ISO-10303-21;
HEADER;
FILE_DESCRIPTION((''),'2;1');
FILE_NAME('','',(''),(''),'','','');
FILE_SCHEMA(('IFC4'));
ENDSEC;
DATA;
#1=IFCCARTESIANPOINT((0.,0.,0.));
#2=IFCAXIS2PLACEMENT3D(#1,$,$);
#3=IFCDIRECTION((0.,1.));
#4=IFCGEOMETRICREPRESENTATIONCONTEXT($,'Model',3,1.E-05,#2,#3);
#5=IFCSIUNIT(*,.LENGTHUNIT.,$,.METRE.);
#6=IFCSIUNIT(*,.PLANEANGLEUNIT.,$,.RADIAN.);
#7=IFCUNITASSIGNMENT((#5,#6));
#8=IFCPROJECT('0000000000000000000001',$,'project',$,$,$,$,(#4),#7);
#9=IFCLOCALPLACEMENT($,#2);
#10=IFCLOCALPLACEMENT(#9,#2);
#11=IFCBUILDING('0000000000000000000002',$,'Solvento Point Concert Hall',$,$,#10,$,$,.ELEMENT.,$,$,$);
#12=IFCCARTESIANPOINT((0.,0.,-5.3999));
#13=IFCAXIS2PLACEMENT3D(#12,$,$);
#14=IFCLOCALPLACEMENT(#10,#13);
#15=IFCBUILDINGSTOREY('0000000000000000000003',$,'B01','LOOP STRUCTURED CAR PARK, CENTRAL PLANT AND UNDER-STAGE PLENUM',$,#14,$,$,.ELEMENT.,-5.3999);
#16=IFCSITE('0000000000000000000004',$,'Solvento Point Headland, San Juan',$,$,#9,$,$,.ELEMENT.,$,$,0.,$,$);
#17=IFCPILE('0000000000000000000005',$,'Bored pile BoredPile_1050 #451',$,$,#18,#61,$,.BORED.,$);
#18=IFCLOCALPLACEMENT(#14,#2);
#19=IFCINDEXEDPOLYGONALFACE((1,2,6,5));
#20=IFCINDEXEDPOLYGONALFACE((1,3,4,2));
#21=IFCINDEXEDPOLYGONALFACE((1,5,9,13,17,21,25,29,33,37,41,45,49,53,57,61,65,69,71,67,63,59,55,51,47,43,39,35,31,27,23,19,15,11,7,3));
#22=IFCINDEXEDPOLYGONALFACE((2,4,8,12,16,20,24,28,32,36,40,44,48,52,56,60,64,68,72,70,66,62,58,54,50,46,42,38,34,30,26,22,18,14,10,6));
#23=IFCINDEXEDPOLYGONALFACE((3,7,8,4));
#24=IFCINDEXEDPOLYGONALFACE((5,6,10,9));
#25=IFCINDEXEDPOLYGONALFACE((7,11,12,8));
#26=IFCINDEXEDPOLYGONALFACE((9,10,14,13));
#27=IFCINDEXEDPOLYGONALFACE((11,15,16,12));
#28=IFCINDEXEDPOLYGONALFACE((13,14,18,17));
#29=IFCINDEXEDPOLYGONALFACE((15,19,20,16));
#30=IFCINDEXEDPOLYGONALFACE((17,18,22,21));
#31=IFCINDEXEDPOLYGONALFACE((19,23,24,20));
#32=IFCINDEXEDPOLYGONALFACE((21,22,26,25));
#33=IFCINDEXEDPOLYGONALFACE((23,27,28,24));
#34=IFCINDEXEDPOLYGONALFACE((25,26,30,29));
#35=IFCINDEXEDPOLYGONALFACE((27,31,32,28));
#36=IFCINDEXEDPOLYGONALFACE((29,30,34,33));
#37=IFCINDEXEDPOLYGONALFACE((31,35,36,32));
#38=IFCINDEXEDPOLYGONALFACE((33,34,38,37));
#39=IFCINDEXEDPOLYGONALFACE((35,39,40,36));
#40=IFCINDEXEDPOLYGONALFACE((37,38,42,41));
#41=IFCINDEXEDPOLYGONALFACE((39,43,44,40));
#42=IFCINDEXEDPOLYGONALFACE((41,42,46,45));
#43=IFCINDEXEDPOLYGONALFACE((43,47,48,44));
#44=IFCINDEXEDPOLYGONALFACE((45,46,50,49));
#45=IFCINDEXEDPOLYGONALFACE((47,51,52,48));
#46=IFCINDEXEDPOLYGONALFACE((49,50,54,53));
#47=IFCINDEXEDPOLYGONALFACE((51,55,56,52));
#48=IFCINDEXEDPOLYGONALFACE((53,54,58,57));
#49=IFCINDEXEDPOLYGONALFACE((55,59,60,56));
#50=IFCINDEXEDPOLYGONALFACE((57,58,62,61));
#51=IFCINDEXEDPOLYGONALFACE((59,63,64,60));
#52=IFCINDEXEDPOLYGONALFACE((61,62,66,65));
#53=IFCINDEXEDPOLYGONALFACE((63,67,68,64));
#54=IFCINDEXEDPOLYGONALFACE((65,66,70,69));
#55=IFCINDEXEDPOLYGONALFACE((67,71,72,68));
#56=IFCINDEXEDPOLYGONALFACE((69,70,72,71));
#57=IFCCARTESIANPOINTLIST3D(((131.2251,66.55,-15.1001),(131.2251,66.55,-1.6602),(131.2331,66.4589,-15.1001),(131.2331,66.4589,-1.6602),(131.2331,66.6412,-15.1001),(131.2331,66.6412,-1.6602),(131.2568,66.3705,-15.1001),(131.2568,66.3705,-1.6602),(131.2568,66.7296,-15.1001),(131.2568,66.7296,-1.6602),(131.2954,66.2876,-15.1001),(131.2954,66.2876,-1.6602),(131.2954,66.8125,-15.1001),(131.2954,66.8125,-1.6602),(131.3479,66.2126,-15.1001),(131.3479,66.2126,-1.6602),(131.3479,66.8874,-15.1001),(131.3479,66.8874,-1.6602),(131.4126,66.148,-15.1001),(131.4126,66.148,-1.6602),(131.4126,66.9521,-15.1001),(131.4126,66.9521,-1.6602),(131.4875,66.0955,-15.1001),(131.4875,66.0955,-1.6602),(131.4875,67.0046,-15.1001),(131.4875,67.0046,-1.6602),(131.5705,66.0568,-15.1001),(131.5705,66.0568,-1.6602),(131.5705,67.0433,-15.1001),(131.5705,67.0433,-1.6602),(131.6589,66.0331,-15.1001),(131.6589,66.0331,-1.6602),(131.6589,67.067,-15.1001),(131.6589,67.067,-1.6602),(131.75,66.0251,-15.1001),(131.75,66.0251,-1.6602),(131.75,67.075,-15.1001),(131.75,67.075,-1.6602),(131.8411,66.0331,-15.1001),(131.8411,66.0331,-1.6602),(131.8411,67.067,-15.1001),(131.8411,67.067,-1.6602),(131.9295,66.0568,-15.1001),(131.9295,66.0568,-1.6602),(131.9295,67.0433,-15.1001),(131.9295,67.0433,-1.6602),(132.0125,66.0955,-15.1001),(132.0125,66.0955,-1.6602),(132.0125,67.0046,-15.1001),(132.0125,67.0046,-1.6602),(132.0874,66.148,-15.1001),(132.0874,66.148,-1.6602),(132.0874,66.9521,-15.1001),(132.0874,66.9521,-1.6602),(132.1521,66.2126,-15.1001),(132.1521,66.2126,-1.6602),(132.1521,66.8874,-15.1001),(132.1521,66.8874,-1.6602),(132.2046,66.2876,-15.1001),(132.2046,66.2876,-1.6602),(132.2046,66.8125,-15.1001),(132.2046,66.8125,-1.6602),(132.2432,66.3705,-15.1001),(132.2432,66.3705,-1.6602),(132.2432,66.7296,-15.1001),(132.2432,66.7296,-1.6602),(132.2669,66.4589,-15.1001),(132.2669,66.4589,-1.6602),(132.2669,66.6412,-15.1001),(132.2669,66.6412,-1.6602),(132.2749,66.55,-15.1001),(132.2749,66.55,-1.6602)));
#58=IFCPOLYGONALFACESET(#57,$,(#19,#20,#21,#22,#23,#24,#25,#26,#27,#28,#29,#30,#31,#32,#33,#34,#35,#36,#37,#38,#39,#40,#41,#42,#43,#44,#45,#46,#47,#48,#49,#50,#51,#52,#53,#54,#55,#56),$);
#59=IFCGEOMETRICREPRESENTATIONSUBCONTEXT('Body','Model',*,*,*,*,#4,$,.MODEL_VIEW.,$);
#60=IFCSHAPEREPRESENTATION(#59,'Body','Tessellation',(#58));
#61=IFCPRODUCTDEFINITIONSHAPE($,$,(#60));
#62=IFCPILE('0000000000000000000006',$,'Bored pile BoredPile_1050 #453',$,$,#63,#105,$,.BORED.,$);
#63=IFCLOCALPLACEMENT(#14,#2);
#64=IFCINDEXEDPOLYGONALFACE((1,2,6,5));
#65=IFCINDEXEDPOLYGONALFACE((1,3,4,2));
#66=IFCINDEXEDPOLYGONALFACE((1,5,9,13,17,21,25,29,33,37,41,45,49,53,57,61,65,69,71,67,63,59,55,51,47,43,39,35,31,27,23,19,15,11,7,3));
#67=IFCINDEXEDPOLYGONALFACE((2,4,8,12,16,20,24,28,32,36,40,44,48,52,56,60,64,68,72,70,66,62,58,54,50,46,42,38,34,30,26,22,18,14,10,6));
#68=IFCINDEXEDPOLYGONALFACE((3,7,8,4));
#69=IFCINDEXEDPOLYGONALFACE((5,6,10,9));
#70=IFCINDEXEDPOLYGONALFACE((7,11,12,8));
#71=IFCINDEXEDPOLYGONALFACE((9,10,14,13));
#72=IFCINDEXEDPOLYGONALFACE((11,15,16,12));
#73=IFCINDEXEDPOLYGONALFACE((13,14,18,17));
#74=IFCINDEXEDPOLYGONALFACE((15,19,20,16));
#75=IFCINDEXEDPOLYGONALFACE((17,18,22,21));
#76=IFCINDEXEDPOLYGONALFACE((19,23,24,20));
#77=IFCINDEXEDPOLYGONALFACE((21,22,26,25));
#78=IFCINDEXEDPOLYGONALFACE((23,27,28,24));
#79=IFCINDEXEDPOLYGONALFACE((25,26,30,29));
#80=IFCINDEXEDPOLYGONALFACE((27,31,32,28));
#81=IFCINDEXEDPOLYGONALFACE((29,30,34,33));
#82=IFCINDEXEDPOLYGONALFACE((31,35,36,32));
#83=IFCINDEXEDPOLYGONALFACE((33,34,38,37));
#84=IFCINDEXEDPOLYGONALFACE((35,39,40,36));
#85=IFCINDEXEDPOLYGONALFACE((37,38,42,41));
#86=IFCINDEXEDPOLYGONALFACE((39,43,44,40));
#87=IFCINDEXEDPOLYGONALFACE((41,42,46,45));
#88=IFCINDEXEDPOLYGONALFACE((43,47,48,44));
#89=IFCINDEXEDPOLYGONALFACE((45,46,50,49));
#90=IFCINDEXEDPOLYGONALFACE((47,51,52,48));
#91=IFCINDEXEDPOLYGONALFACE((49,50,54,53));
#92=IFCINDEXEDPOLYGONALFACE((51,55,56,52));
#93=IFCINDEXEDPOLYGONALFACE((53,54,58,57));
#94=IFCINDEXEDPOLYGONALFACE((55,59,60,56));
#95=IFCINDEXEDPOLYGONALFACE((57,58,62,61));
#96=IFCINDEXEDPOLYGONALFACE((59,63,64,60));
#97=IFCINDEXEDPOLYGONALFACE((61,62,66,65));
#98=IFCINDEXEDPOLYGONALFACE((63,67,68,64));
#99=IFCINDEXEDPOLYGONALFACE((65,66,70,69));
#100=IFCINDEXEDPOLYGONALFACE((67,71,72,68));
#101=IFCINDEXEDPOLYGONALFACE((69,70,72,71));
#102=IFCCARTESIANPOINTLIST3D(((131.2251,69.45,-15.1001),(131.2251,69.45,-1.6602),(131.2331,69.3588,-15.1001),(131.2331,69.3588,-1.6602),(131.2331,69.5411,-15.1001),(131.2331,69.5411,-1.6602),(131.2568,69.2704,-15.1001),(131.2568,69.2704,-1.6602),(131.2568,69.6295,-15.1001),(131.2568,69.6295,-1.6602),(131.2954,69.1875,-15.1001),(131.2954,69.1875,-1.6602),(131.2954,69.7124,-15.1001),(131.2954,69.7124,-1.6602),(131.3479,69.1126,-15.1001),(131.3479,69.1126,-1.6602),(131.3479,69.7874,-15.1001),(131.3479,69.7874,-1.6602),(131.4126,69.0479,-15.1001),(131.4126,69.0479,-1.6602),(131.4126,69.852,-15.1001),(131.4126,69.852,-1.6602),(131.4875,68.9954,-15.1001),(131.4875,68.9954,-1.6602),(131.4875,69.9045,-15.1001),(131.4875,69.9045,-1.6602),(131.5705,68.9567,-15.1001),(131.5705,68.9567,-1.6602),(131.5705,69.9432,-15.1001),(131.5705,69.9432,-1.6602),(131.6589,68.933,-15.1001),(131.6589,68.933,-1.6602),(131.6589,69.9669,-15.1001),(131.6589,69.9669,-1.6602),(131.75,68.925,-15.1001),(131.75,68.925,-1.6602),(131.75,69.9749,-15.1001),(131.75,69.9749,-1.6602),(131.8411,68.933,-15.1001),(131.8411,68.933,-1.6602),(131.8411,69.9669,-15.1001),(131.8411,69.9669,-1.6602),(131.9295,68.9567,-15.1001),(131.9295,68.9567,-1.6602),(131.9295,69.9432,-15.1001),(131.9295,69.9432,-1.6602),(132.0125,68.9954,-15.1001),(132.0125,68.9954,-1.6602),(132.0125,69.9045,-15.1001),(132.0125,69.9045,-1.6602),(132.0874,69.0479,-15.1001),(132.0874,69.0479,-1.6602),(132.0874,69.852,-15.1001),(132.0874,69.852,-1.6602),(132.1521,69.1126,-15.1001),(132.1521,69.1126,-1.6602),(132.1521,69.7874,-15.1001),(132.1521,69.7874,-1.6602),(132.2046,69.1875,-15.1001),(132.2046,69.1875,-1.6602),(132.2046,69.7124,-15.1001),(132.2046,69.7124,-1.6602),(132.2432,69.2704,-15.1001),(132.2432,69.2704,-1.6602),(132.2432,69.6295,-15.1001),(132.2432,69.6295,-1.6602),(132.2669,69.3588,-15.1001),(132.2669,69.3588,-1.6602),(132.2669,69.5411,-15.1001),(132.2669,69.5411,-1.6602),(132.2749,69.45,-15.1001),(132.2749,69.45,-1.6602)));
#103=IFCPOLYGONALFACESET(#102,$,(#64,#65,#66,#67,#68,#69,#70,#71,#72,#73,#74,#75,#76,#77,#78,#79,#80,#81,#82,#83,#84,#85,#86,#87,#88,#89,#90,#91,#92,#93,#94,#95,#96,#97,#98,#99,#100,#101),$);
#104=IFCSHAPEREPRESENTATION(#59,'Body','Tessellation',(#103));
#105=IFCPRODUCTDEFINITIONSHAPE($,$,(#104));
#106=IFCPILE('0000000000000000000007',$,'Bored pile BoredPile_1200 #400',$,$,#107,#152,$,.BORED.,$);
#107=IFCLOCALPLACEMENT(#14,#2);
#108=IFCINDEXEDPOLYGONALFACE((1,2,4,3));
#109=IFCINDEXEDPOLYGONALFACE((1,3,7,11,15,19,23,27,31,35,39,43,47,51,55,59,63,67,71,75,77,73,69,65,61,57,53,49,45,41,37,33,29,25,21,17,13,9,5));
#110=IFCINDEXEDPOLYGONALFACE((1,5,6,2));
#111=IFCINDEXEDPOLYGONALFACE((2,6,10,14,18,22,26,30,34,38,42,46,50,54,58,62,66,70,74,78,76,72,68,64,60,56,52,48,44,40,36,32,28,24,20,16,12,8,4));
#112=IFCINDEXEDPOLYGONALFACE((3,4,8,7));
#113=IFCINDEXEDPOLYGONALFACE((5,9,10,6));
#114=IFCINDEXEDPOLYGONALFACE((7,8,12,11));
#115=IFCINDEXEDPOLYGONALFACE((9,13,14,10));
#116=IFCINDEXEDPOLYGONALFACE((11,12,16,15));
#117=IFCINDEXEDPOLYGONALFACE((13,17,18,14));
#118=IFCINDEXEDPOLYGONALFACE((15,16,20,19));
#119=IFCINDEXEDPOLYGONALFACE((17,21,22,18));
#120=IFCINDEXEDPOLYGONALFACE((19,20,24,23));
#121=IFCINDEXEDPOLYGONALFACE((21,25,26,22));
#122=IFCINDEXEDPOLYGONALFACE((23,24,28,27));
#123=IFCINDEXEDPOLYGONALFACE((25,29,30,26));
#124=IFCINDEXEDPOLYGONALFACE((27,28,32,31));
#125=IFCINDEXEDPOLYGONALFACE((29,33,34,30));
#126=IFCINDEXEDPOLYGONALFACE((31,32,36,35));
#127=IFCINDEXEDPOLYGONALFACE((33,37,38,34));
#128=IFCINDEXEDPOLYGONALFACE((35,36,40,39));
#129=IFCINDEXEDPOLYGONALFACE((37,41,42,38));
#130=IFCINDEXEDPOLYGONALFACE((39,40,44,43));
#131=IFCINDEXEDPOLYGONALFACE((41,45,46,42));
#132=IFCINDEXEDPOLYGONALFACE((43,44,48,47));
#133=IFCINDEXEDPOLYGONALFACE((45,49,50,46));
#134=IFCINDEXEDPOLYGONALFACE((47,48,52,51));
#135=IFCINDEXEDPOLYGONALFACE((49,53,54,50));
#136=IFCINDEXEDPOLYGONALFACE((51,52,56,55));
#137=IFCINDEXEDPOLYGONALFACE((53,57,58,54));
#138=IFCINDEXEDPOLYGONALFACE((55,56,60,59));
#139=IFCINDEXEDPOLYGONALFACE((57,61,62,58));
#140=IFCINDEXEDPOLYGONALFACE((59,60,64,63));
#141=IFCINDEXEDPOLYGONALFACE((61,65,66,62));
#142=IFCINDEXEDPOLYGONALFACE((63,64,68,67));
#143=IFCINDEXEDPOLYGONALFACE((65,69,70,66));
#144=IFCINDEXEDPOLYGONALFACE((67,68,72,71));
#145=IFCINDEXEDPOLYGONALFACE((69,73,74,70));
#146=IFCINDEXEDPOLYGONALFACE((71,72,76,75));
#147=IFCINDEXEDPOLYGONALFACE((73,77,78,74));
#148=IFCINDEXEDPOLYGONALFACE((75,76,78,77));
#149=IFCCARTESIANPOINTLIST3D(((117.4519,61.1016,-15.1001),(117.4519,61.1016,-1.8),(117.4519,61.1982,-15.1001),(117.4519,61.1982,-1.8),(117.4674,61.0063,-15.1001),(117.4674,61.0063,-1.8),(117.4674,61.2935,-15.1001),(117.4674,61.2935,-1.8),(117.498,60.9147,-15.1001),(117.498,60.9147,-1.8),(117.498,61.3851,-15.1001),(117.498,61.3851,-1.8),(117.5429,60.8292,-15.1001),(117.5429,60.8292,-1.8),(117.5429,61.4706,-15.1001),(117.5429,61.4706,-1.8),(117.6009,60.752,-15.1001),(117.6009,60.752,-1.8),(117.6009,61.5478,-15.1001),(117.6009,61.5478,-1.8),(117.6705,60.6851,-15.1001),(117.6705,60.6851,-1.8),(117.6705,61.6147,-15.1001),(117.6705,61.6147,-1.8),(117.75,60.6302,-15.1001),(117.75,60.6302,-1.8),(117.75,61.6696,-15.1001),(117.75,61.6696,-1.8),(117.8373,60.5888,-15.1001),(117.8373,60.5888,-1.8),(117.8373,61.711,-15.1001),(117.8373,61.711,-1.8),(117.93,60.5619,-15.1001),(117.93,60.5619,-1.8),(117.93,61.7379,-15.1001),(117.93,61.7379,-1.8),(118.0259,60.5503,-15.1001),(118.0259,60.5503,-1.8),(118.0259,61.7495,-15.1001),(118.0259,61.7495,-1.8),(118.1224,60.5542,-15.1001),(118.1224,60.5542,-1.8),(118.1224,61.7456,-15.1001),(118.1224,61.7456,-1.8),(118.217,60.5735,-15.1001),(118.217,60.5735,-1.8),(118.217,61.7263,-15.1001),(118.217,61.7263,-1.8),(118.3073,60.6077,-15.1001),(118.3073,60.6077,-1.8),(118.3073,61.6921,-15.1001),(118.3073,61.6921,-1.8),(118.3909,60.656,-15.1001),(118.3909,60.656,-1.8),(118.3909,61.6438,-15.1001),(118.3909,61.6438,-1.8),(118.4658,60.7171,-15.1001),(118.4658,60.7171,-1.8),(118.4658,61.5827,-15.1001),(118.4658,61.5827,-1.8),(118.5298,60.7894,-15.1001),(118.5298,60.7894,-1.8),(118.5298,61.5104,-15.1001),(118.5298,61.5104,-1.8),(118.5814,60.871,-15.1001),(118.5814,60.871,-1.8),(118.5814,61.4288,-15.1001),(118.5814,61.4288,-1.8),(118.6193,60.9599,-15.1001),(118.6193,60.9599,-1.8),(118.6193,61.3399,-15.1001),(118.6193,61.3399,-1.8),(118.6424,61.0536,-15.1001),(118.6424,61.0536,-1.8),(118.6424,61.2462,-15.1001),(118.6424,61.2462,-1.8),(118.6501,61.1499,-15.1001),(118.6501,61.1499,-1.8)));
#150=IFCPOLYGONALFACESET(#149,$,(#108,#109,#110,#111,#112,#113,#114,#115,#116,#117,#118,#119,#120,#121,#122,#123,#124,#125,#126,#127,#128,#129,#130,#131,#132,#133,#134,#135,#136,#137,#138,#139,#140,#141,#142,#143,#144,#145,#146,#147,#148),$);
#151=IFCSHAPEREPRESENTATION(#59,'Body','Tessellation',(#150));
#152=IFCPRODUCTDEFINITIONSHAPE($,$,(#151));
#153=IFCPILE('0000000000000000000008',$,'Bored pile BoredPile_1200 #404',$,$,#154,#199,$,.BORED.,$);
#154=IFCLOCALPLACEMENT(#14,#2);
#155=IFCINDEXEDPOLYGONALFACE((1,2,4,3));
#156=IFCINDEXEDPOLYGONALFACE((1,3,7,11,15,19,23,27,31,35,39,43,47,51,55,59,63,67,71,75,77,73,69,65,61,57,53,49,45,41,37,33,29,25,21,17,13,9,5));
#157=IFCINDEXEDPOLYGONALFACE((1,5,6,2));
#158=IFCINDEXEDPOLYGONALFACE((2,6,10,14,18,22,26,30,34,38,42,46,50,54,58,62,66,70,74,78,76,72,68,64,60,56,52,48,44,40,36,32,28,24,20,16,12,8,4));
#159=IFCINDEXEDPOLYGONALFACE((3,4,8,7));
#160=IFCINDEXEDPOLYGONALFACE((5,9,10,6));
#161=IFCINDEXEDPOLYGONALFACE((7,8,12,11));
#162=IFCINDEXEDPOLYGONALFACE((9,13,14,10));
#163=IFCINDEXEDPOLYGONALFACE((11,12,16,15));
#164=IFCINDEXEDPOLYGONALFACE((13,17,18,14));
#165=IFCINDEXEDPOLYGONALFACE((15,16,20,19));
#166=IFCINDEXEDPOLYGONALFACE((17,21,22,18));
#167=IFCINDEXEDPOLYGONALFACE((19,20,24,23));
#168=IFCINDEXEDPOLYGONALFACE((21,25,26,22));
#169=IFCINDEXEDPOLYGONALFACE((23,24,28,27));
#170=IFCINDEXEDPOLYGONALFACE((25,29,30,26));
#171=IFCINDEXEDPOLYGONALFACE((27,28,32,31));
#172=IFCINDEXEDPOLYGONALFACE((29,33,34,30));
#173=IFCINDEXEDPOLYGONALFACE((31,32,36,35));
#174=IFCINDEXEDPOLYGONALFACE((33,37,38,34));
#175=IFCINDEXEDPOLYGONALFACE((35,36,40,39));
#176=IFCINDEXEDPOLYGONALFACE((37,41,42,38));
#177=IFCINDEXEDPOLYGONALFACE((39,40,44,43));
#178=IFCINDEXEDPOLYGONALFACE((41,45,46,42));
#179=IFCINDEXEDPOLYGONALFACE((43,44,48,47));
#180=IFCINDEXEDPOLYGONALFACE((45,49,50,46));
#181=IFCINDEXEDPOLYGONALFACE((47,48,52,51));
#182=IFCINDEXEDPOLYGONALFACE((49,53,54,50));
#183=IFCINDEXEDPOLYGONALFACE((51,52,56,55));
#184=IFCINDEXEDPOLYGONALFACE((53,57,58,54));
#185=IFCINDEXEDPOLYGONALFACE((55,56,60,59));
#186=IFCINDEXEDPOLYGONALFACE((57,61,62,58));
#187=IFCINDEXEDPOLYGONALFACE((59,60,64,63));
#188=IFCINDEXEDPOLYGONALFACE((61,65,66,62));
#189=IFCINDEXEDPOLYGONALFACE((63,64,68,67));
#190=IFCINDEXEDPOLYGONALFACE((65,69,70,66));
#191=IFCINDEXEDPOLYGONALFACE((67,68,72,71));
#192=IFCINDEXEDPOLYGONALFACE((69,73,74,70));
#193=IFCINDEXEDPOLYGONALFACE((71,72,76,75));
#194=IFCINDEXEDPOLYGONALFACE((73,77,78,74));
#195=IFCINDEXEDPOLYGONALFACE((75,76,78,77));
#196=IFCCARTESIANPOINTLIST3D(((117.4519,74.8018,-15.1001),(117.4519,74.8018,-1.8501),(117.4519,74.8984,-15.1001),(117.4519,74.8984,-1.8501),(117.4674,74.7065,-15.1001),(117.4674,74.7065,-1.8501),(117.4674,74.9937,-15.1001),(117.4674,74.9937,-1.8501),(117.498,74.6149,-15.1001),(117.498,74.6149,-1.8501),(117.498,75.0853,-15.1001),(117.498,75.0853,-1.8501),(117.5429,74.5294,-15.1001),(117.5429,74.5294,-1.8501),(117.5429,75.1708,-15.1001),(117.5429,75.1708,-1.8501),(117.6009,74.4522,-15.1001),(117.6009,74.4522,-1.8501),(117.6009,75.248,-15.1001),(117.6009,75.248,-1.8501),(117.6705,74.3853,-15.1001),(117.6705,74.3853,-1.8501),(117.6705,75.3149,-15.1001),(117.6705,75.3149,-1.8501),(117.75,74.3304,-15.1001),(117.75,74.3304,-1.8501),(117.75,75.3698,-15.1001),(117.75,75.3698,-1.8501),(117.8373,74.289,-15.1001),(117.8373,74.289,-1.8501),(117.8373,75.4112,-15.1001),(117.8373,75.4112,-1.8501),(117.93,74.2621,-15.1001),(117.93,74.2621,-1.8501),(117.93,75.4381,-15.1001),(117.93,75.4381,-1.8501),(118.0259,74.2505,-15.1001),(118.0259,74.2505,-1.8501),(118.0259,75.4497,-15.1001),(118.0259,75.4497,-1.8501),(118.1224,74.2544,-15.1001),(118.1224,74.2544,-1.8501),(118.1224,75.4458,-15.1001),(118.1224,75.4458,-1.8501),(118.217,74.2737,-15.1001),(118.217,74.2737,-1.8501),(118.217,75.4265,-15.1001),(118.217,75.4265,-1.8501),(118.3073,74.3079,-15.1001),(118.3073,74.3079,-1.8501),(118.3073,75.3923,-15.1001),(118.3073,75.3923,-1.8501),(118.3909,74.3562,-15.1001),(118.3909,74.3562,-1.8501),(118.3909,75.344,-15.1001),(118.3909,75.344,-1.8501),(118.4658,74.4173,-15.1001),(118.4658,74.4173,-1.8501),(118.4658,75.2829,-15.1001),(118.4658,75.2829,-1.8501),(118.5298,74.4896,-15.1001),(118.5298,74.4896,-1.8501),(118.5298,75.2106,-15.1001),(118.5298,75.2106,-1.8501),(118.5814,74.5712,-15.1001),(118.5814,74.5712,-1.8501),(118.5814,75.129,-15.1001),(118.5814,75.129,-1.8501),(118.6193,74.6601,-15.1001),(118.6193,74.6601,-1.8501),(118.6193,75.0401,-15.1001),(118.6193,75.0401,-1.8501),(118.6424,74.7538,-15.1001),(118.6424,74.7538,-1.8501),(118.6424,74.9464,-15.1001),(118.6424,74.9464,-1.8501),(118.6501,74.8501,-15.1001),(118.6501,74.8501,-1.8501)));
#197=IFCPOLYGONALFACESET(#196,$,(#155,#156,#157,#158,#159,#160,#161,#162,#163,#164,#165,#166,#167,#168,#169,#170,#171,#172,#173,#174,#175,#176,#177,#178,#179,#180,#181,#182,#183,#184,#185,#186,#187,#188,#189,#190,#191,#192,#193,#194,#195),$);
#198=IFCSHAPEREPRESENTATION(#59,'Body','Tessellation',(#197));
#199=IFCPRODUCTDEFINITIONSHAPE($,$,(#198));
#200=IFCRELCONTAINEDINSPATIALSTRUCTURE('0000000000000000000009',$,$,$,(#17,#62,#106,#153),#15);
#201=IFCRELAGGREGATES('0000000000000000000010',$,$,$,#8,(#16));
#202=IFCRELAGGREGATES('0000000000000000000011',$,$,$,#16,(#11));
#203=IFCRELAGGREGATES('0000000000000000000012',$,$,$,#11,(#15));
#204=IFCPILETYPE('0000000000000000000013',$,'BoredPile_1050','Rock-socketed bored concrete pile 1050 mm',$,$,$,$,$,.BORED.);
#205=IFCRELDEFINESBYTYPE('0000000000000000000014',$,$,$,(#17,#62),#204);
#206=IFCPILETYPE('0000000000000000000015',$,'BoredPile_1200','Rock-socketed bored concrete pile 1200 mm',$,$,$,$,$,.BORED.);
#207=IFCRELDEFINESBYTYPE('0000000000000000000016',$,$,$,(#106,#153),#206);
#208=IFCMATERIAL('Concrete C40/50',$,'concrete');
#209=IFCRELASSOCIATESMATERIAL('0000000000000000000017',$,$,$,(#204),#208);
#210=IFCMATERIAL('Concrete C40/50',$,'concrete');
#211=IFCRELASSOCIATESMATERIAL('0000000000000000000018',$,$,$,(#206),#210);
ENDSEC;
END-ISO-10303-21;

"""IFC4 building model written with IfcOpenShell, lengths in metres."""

from ifc_helpers import new_model, si_unit, direction, frame, origin, origin_2d, place, context, subcontext, project, spatial, circle, extrude, material, material_profile, profile_set, type_object, element, save


model = new_model("IFC4")

# Units and contexts
model_context = context("Model", 3, precision=1e-05, world=origin(), true_north=direction((0.0, 1.0)))
body_context = subcontext(model_context, "Body", "Model", "MODEL_VIEW")
ifc_project = project(units=[si_unit("LENGTHUNIT", "METRE"), si_unit("PLANEANGLEUNIT", "RADIAN")], contexts=[model_context])

# Site, building, storey
site_placement = place(None, origin())
site = spatial("IfcSite", under=ifc_project, at=site_placement, Name="Solvento Point Headland, San Juan", CompositionType="ELEMENT", RefElevation=0.0)
building_placement = place(site_placement, origin())
building = spatial("IfcBuilding", under=site, at=building_placement, Name="Solvento Point Concert Hall", CompositionType="ELEMENT")
storey_placement = place(building_placement, frame((0.0, 0.0, -5.3999)))
storey = spatial("IfcBuildingStorey", under=building, at=storey_placement, Name="B01", Description="LOOP STRUCTURED CAR PARK, CENTRAL PLANT AND UNDER-STAGE PLENUM", CompositionType="ELEMENT", Elevation=-5.3999)

# Piles
ifc_material_1 = material(Name="Concrete C40/50", Category="concrete")
ifc_material_profile_1 = material_profile(ifc_material_1, circle(Radius=0.5249, at=origin_2d()), Name="BP-1050")
ifc_profile_set_1 = profile_set([ifc_material_profile_1], Name="Concrete C40/50")
pile_type_1 = type_object("IfcPileType", Name="BoredPile_1050", Description="Rock-socketed bored concrete pile 1050 mm", PredefinedType="BORED", material=ifc_profile_set_1)
for number, where, z_axis, x_axis, name in (
    (1, (131.75, 66.55, -1.6602), (0.0, 0.0, -1.0), (1.0, 0.0, 0.0), "Bored pile BoredPile_1050 #451"),
    (2, (131.75, 69.45, -1.6602), (0.0, 0.0, -1.0), (1.0, 0.0, 0.0), "Bored pile BoredPile_1050 #453"),
):
    element("IfcPile", number, at=place(storey_placement, frame(where, z_axis=z_axis, x_axis=x_axis)), inside=storey, type_object=pile_type_1, Name=name, PredefinedType="BORED", context=body_context, shape_type="SweptSolid", body=[
        extrude(circle(Radius=0.5249, at=origin_2d()), origin(), (0.0, 0.0, 1.0), 13.4399),
    ])
ifc_material_2 = material(Name="Concrete C40/50", Category="concrete")
ifc_material_profile_2 = material_profile(ifc_material_2, circle(Radius=0.6001, at=origin_2d()), Name="BP-1200")
ifc_profile_set_2 = profile_set([ifc_material_profile_2], Name="Concrete C40/50")
pile_type_2 = type_object("IfcPileType", Name="BoredPile_1200", Description="Rock-socketed bored concrete pile 1200 mm", PredefinedType="BORED", material=ifc_profile_set_2)
pile_1_placement = place(storey_placement, frame((118.05, 61.1499, -1.8), z_axis=(0.0, 0.0, -1.0), x_axis=(1.0, 0.0, 0.0)))
element("IfcPile", 3, at=pile_1_placement, inside=storey, type_object=pile_type_2, Name="Bored pile BoredPile_1200 #400", PredefinedType="BORED", context=body_context, shape_type="SweptSolid", body=[
    extrude(circle(Radius=0.6001, at=origin_2d()), origin(), (0.0, 0.0, 1.0), 13.3),
])
pile_2_placement = place(storey_placement, frame((118.05, 74.8501, -1.8501), z_axis=(0.0, 0.0, -1.0), x_axis=(1.0, 0.0, 0.0)))
element("IfcPile", 4, at=pile_2_placement, inside=storey, type_object=pile_type_2, Name="Bored pile BoredPile_1200 #404", PredefinedType="BORED", context=body_context, shape_type="SweptSolid", body=[
    extrude(circle(Radius=0.6001, at=origin_2d()), origin(), (0.0, 0.0, 1.0), 13.25),
])

save(model, "model.ifc")
